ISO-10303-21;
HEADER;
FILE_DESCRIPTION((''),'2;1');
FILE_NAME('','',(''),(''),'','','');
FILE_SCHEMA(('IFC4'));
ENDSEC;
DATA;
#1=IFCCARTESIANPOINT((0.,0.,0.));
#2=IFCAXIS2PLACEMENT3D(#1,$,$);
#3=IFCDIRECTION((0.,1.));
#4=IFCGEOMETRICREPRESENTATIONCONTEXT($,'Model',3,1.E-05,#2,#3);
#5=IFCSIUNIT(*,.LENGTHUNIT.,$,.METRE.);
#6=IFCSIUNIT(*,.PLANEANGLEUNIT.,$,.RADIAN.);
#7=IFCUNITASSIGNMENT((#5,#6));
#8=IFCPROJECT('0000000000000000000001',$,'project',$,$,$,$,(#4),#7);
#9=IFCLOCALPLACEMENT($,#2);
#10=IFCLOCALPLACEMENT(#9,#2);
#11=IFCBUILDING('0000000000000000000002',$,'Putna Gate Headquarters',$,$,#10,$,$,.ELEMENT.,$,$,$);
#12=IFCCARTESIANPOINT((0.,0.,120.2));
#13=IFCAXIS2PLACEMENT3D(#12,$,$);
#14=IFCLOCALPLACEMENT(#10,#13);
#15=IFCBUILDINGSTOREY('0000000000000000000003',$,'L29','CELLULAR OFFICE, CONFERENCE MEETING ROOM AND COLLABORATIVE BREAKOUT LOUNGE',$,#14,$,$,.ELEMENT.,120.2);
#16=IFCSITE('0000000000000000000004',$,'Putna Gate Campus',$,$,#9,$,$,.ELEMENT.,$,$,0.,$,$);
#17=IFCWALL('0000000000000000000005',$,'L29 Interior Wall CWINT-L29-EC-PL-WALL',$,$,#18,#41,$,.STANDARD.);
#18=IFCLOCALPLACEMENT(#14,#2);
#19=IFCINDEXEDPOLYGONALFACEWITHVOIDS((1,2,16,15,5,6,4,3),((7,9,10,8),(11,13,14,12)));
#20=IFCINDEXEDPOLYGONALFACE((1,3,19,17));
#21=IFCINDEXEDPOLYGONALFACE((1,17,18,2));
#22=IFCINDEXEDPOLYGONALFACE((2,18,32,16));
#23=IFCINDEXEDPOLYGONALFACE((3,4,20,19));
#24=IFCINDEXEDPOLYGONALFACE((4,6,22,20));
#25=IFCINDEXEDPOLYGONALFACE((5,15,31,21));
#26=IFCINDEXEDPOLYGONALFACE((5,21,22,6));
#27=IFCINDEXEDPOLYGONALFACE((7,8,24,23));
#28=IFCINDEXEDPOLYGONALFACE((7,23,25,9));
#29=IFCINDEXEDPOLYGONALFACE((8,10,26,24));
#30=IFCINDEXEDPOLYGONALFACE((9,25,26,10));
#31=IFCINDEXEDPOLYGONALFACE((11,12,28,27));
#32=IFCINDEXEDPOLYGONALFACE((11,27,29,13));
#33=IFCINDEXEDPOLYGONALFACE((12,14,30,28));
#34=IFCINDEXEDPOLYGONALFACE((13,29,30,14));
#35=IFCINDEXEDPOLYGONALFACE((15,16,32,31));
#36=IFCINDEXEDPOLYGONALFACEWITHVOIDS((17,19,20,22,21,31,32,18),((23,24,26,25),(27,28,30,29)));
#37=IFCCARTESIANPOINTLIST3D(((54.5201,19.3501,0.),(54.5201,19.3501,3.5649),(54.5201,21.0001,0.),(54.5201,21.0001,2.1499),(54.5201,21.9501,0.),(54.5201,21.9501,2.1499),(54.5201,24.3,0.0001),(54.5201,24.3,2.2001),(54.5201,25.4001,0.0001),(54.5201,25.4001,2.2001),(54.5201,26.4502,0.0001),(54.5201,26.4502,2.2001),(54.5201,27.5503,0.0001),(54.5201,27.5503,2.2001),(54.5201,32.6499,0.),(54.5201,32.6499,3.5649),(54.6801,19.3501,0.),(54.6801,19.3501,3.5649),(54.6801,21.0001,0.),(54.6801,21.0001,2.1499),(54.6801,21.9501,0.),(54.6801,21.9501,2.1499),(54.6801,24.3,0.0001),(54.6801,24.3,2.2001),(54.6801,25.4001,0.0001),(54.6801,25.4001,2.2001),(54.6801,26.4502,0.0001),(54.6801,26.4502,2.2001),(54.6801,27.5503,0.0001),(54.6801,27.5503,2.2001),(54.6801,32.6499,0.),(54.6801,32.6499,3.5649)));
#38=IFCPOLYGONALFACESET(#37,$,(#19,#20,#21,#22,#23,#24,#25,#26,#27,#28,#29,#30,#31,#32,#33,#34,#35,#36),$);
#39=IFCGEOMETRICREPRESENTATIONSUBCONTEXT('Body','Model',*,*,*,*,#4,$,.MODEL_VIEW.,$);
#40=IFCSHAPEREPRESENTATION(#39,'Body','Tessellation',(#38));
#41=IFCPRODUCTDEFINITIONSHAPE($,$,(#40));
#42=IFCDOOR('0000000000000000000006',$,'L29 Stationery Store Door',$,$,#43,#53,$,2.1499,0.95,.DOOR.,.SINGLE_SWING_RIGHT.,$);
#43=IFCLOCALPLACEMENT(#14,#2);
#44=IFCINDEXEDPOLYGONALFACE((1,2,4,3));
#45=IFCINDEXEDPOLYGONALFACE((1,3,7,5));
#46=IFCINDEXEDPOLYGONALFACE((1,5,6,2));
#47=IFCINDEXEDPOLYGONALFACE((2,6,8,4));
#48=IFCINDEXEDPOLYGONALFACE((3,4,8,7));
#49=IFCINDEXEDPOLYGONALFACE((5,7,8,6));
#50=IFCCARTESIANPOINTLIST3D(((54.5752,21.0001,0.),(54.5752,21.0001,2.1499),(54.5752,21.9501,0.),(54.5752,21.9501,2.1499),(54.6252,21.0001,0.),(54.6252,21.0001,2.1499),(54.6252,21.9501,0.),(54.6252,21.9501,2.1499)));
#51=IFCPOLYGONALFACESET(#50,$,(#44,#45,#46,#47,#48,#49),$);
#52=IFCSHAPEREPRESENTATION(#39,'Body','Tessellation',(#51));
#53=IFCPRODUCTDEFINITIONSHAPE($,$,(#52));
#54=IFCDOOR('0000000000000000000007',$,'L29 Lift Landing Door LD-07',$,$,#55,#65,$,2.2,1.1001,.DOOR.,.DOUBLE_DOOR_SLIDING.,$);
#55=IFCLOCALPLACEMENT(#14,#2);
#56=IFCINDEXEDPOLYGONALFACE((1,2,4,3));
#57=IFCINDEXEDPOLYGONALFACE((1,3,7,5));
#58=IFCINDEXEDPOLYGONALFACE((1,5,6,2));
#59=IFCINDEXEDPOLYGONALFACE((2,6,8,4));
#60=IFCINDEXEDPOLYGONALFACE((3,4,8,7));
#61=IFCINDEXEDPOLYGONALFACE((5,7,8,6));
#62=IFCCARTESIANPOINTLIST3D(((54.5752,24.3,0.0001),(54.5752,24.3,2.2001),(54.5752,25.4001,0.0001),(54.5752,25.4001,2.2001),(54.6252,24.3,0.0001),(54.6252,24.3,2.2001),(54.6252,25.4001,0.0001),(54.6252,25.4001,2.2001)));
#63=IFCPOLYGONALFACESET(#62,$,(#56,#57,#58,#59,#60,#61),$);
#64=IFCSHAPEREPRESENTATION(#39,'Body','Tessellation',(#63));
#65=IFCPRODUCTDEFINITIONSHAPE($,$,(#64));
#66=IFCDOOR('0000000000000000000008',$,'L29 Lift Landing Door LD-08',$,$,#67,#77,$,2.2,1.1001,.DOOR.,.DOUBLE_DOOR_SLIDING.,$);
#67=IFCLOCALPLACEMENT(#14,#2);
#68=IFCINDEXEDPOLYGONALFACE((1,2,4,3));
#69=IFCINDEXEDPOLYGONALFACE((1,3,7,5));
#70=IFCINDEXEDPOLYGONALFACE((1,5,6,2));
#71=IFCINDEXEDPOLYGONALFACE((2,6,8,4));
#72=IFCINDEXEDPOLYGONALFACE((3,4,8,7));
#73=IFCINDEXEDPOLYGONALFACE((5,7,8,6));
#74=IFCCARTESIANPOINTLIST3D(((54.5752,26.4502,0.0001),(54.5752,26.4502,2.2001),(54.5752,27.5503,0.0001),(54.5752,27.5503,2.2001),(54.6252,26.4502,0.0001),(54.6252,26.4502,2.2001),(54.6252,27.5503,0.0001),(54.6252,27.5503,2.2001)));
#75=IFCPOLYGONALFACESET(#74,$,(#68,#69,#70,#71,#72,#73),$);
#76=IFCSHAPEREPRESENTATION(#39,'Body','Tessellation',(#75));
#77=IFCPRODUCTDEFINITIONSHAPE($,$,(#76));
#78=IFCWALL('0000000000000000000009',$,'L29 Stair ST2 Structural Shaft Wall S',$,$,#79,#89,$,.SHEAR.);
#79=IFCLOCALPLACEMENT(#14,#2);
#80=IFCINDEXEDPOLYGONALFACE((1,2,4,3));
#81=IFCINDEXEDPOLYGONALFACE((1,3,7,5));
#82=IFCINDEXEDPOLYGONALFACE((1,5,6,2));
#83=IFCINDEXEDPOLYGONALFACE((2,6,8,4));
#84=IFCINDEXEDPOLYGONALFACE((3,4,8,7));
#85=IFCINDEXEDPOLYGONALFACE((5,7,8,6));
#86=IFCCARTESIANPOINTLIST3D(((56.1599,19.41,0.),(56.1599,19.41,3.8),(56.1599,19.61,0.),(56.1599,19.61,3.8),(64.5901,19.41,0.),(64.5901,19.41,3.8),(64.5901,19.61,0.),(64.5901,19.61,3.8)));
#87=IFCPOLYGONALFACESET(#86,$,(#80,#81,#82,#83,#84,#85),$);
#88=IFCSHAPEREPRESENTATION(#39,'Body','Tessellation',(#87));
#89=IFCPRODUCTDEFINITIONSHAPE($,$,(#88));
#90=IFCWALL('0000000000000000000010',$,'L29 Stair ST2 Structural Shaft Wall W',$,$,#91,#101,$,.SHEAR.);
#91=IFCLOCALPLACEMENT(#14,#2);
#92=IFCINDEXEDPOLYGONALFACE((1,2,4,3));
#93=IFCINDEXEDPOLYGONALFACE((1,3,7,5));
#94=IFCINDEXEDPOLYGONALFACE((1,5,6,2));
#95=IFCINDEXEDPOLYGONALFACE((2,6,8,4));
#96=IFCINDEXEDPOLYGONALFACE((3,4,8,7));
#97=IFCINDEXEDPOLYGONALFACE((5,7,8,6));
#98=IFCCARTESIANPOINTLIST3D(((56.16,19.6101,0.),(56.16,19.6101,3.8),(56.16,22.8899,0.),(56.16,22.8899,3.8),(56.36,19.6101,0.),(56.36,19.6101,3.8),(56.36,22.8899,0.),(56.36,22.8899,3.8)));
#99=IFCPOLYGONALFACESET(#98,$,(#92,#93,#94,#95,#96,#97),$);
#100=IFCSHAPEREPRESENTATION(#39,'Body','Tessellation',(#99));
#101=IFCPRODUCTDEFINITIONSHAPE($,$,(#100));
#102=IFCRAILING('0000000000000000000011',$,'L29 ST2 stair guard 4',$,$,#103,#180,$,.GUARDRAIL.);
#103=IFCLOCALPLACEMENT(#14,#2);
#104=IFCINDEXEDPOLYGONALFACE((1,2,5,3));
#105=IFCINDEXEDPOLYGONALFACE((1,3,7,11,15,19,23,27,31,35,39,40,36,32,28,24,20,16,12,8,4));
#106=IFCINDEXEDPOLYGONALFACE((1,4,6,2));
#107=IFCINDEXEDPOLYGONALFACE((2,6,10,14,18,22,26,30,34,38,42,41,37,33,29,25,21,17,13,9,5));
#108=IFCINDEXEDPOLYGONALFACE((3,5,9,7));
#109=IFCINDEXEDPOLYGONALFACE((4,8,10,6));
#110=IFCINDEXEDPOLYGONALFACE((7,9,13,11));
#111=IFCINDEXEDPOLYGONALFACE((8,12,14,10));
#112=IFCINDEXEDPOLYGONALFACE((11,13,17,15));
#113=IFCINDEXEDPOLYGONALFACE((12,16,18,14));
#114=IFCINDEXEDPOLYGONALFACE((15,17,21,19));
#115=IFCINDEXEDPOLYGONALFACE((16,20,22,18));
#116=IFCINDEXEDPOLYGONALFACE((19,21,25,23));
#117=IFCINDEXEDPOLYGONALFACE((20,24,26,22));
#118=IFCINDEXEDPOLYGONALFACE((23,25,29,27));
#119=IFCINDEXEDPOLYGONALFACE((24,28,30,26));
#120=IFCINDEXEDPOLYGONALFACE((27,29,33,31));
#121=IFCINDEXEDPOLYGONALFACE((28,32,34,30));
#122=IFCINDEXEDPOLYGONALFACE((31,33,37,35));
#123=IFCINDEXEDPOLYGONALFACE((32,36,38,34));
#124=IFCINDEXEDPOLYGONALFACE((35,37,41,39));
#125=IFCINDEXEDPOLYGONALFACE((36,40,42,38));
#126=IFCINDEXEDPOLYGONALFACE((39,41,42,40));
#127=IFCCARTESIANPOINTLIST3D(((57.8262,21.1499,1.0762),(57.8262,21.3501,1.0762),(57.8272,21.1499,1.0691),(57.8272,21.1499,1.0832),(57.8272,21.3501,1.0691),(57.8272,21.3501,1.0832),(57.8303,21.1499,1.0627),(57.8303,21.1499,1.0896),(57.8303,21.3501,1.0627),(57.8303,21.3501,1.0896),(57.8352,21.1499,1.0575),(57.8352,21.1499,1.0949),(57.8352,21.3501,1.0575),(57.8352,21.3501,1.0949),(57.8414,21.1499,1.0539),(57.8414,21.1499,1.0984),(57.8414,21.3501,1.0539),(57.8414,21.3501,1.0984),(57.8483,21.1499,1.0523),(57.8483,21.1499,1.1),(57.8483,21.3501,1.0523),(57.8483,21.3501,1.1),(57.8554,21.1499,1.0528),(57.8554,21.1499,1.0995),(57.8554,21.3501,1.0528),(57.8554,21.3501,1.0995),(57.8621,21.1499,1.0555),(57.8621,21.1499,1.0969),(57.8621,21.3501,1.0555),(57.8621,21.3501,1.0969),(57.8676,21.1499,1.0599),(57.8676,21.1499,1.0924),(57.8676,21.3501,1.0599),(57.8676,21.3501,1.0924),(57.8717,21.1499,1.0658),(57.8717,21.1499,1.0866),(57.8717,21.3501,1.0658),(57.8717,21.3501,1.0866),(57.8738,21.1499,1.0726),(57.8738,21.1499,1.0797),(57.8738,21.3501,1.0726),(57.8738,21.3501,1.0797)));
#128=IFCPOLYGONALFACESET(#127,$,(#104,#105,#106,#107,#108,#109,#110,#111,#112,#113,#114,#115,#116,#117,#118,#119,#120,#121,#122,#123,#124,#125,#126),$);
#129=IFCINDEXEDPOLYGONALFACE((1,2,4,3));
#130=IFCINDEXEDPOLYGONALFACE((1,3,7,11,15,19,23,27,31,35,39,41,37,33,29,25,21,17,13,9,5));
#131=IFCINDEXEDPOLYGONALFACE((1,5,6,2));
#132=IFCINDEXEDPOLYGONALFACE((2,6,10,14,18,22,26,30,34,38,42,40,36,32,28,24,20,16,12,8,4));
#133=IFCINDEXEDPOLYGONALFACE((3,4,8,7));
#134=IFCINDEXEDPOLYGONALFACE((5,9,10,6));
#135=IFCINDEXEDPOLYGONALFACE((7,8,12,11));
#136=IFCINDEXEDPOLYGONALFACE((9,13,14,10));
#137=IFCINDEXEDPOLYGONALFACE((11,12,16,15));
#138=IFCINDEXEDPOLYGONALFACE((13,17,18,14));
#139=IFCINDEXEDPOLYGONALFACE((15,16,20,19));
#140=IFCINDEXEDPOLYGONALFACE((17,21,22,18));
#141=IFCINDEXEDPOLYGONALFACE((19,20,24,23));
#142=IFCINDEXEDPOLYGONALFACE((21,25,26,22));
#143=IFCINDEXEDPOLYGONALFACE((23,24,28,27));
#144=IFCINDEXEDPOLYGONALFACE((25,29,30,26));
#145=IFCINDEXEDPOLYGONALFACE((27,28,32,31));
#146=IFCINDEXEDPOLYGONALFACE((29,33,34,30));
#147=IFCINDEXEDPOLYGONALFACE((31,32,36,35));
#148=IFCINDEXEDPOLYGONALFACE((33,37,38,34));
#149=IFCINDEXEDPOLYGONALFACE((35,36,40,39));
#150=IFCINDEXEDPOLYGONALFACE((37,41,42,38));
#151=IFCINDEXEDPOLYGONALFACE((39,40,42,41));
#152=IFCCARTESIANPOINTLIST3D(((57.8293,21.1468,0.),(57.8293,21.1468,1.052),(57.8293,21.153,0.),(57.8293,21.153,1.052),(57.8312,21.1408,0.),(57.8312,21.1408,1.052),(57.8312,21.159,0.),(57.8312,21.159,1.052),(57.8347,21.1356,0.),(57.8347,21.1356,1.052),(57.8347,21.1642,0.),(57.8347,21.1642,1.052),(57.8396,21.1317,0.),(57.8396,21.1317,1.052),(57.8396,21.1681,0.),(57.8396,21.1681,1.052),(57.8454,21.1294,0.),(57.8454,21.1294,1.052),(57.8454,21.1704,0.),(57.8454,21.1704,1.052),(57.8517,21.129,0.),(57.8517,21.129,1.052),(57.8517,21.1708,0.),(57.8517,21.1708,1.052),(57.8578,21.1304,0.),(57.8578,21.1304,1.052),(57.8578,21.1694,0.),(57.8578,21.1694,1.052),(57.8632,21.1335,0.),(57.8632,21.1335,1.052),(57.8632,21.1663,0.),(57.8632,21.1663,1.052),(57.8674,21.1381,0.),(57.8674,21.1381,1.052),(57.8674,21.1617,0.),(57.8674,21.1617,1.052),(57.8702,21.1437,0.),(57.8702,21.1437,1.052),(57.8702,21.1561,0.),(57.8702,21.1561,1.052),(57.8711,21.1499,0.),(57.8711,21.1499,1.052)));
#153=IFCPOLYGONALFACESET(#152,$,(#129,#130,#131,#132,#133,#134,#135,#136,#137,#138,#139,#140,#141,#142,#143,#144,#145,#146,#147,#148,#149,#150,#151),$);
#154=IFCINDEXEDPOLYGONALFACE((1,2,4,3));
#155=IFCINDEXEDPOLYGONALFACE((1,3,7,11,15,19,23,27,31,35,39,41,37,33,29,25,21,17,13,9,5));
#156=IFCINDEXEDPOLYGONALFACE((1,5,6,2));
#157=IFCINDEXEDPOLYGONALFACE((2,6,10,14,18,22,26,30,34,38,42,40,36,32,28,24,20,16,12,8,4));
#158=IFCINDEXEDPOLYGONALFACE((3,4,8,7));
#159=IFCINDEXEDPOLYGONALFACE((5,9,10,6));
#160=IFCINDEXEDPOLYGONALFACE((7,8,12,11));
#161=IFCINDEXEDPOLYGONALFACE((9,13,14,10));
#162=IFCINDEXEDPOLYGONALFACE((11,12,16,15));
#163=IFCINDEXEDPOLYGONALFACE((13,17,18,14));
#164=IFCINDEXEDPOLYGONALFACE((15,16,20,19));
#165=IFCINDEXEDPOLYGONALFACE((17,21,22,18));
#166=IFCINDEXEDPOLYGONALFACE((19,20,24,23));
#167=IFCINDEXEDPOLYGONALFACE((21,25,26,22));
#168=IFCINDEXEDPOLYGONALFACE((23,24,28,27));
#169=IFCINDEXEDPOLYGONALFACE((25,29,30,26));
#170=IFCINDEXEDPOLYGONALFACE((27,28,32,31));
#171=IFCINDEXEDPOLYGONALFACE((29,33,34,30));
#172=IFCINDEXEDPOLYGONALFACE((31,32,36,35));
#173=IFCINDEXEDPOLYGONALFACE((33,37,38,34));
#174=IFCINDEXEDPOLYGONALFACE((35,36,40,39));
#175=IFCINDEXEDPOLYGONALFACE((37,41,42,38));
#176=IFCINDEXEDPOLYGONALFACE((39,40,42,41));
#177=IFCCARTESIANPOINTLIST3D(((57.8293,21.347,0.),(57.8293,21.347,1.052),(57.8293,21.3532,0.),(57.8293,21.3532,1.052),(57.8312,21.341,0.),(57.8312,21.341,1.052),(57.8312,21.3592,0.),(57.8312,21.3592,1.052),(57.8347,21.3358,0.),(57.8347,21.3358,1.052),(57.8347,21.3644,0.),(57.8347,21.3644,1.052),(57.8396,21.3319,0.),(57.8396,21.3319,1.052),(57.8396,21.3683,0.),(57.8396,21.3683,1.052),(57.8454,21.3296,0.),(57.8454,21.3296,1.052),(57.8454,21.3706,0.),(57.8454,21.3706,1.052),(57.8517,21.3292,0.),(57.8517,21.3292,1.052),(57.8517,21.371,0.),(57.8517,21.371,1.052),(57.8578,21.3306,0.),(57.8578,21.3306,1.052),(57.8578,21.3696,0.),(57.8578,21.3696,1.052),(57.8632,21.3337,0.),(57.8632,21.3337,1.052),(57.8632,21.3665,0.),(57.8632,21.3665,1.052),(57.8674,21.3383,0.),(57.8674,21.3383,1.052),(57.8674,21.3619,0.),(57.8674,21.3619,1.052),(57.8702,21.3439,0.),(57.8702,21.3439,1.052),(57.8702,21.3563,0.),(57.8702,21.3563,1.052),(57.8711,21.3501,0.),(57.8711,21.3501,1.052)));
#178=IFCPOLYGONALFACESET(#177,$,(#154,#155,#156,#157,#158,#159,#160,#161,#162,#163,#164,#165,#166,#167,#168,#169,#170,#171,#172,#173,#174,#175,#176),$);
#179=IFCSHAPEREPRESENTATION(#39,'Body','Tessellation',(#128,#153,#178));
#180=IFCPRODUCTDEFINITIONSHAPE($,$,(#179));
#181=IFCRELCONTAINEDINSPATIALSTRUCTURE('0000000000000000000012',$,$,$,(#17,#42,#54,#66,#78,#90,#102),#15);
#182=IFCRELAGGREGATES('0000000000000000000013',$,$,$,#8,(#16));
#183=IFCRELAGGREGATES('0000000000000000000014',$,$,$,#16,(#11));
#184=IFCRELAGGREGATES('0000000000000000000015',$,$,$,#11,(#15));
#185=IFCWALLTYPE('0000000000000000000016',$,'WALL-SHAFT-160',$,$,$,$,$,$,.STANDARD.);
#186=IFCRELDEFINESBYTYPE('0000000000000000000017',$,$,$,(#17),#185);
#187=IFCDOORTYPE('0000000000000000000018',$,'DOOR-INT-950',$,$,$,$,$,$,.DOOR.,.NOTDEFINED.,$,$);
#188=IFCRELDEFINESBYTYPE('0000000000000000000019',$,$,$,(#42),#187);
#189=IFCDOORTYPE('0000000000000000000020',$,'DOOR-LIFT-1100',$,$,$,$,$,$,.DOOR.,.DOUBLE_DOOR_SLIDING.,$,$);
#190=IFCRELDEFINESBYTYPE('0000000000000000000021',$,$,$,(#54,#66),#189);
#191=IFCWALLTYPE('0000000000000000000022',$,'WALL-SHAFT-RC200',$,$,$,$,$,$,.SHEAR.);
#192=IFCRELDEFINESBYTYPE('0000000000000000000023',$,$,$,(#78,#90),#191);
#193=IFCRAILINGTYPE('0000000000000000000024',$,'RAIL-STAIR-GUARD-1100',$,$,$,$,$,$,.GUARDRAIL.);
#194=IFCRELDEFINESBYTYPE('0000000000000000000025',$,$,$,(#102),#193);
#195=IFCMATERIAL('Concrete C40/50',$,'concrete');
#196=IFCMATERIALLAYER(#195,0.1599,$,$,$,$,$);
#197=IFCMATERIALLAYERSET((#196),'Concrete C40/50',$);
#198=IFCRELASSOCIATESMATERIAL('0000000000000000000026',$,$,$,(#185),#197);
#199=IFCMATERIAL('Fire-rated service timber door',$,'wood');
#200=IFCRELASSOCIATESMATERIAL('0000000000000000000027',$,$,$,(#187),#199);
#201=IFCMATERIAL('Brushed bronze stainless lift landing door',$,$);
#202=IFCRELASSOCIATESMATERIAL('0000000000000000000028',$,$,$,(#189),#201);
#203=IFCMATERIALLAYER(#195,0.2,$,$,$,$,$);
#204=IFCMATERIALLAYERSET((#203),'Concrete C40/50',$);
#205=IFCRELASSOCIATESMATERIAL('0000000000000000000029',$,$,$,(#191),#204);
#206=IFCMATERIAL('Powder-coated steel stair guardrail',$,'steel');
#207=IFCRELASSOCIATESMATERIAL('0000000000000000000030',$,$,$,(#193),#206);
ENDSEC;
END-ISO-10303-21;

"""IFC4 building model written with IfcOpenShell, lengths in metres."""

from ifc_helpers import new_model, si_unit, direction, frame, frame_2d, origin, origin_2d, place, context, subcontext, project, spatial, rectangle, circle, extrude, material, layer, layer_set, type_object, element, fill, save


model = new_model("IFC4")

# Units and contexts
model_context = context("Model", 3, precision=1e-05, world=origin(), true_north=direction((0.0, 1.0)))
body_context = subcontext(model_context, "Body", "Model", "MODEL_VIEW")
ifc_project = project(units=[si_unit("LENGTHUNIT", "METRE"), si_unit("PLANEANGLEUNIT", "RADIAN")], contexts=[model_context])

# Site, building, storey
site_placement = place(None, origin())
site = spatial("IfcSite", under=ifc_project, at=site_placement, Name="Putna Gate Campus", CompositionType="ELEMENT", RefElevation=0.0)
building_placement = place(site_placement, origin())
building = spatial("IfcBuilding", under=site, at=building_placement, Name="Putna Gate Headquarters", CompositionType="ELEMENT")
storey_placement = place(building_placement, frame((0.0, 0.0, 120.2)))
storey = spatial("IfcBuildingStorey", under=building, at=storey_placement, Name="L29", Description="CELLULAR OFFICE, CONFERENCE MEETING ROOM AND COLLABORATIVE BREAKOUT LOUNGE", CompositionType="ELEMENT", Elevation=120.2)

# Wall, openings, doors
ifc_material_1 = material(Name="Concrete C40/50", Category="concrete")
ifc_layer_1 = layer(ifc_material_1, 0.1599)
ifc_layer_set_1 = layer_set([ifc_layer_1], Name="Concrete C40/50")
wall_type_1 = type_object("IfcWallType", Name="WALL-SHAFT-160", PredefinedType="STANDARD", material=ifc_layer_set_1)
wall_1_placement = place(storey_placement, frame((54.6001, 19.3501, 0.0), z_axis=(0.0, 0.0, 1.0), x_axis=(0.0, 1.0, 0.0)))
wall_1 = element("IfcWall", 1, at=wall_1_placement, inside=storey, type_object=wall_type_1, Name="L29 Interior Wall CWINT-L29-EC-PL-WALL", PredefinedType="STANDARD", context=body_context, shape_type="SweptSolid", body=[
    extrude(rectangle(XDim=13.2998, YDim=0.1599, at=frame_2d((6.6499, 0.0))), origin(), (0.0, 0.0, 1.0), 3.5649),
])
opening_1_placement = place(wall_1_placement, frame((1.6499, 0.0, 0.0)))
opening_1 = element("IfcOpeningElement", 2, at=opening_1_placement, cuts=wall_1, PredefinedType="OPENING", context=body_context, shape_type="SweptSolid", body=[
    extrude(rectangle(XDim=0.95, YDim=2.1499, at=frame_2d((0.4751, 1.075))), frame((0.0, 0.0898, 0.0), z_axis=(0.0, -1.0, 0.0), x_axis=(1.0, 0.0, 0.0)), (0.0, 0.0, 1.0), 0.1799),
])
opening_2_placement = place(wall_1_placement, frame((4.95, 0.0, 0.0)))
opening_2 = element("IfcOpeningElement", 3, at=opening_2_placement, cuts=wall_1, PredefinedType="OPENING", context=body_context, shape_type="SweptSolid", body=[
    extrude(rectangle(XDim=1.1001, YDim=2.2, at=frame_2d((0.55, 1.1001))), frame((0.0, 0.0898, 0.0), z_axis=(0.0, -1.0, 0.0), x_axis=(1.0, 0.0, 0.0)), (0.0, 0.0, 1.0), 0.1799),
])
opening_3_placement = place(wall_1_placement, frame((7.1001, 0.0, 0.0)))
opening_3 = element("IfcOpeningElement", 4, at=opening_3_placement, cuts=wall_1, PredefinedType="OPENING", context=body_context, shape_type="SweptSolid", body=[
    extrude(rectangle(XDim=1.1001, YDim=2.2, at=frame_2d((0.55, 1.1001))), frame((0.0, 0.0898, 0.0), z_axis=(0.0, -1.0, 0.0), x_axis=(1.0, 0.0, 0.0)), (0.0, 0.0, 1.0), 0.1799),
])
ifc_material_2 = material(Name="Fire-rated service timber door", Category="wood")
door_type_1 = type_object("IfcDoorType", Name="DOOR-INT-950", OperationType="NOTDEFINED", PredefinedType="DOOR", material=ifc_material_2)
door_1_placement = place(opening_1_placement, origin())
door_1 = element("IfcDoor", 5, at=door_1_placement, inside=storey, type_object=door_type_1, Name="L29 Stationery Store Door", OperationType="SINGLE_SWING_RIGHT", OverallHeight=2.1499, OverallWidth=0.95, PredefinedType="DOOR", context=body_context, shape_type="SweptSolid", body=[
    extrude(rectangle(XDim=0.95, YDim=2.1499, at=frame_2d((0.4751, 1.075))), frame((0.0, 0.0249, 0.0), z_axis=(0.0, -1.0, 0.0), x_axis=(1.0, 0.0, 0.0)), (0.0, 0.0, 1.0), 0.05),
])
fill(opening_1, door_1)
ifc_material_3 = material(Name="Brushed bronze stainless lift landing door")
door_type_2 = type_object("IfcDoorType", Name="DOOR-LIFT-1100", OperationType="DOUBLE_DOOR_SLIDING", PredefinedType="DOOR", material=ifc_material_3)
door_2_placement = place(opening_2_placement, origin())
door_2 = element("IfcDoor", 6, at=door_2_placement, inside=storey, type_object=door_type_2, Name="L29 Lift Landing Door LD-07", OperationType="DOUBLE_DOOR_SLIDING", OverallHeight=2.2, OverallWidth=1.1001, PredefinedType="DOOR", context=body_context, shape_type="SweptSolid", body=[
    extrude(rectangle(XDim=1.1001, YDim=2.2, at=frame_2d((0.55, 1.1001))), frame((0.0, 0.0249, 0.0), z_axis=(0.0, -1.0, 0.0), x_axis=(1.0, 0.0, 0.0)), (0.0, 0.0, 1.0), 0.05),
])
fill(opening_2, door_2)
door_3_placement = place(opening_3_placement, origin())
door_3 = element("IfcDoor", 7, at=door_3_placement, inside=storey, type_object=door_type_2, Name="L29 Lift Landing Door LD-08", OperationType="DOUBLE_DOOR_SLIDING", OverallHeight=2.2, OverallWidth=1.1001, PredefinedType="DOOR", context=body_context, shape_type="SweptSolid", body=[
    extrude(rectangle(XDim=1.1001, YDim=2.2, at=frame_2d((0.55, 1.1001))), frame((0.0, 0.0249, 0.0), z_axis=(0.0, -1.0, 0.0), x_axis=(1.0, 0.0, 0.0)), (0.0, 0.0, 1.0), 0.05),
])
fill(opening_3, door_3)

# Walls
ifc_layer_2 = layer(ifc_material_1, 0.2)
ifc_layer_set_2 = layer_set([ifc_layer_2], Name="Concrete C40/50")
wall_type_2 = type_object("IfcWallType", Name="WALL-SHAFT-RC200", PredefinedType="SHEAR", material=ifc_layer_set_2)
wall_2_placement = place(storey_placement, frame((56.1599, 19.51, 0.0), z_axis=(0.0, 0.0, 1.0), x_axis=(1.0, 0.0, 0.0)))
element("IfcWall", 8, at=wall_2_placement, inside=storey, type_object=wall_type_2, Name="L29 Stair ST2 Structural Shaft Wall S", PredefinedType="SHEAR", context=body_context, shape_type="SweptSolid", body=[
    extrude(rectangle(XDim=8.4302, YDim=0.2, at=frame_2d((4.2151, 0.0))), origin(), (0.0, 0.0, 1.0), 3.8),
])
wall_3_placement = place(storey_placement, frame((56.26, 19.6101, 0.0), z_axis=(0.0, 0.0, 1.0), x_axis=(0.0, 1.0, 0.0)))
element("IfcWall", 9, at=wall_3_placement, inside=storey, type_object=wall_type_2, Name="L29 Stair ST2 Structural Shaft Wall W", PredefinedType="SHEAR", context=body_context, shape_type="SweptSolid", body=[
    extrude(rectangle(XDim=3.2798, YDim=0.2, at=frame_2d((1.6399, 0.0))), origin(), (0.0, 0.0, 1.0), 3.8),
])

# Railing
ifc_material_4 = material(Name="Powder-coated steel stair guardrail", Category="steel")
railing_type = type_object("IfcRailingType", Name="RAIL-STAIR-GUARD-1100", PredefinedType="GUARDRAIL", material=ifc_material_4)
railing_placement = place(storey_placement, frame((57.8501, 21.1499, 0.0)))
element("IfcRailing", 10, at=railing_placement, inside=storey, type_object=railing_type, Name="L29 ST2 stair guard 4", PredefinedType="GUARDRAIL", context=body_context, shape_type="SweptSolid", body=[
    extrude(circle(Radius=0.0239, at=origin_2d()), frame((0.0, 0.0, 1.0762), z_axis=(0.0, 1.0, 0.0), x_axis=(-1.0, 0.0, 0.0)), (0.0, 0.0, 1.0), 0.2002),
    extrude(circle(Radius=0.021, at=origin_2d()), origin(), (0.0, 0.0, 1.0), 1.052),
    extrude(circle(Radius=0.021, at=origin_2d()), frame((0.0, 0.2002, 0.0)), (0.0, 0.0, 1.0), 1.052),
])

save(model, "model.ifc")
